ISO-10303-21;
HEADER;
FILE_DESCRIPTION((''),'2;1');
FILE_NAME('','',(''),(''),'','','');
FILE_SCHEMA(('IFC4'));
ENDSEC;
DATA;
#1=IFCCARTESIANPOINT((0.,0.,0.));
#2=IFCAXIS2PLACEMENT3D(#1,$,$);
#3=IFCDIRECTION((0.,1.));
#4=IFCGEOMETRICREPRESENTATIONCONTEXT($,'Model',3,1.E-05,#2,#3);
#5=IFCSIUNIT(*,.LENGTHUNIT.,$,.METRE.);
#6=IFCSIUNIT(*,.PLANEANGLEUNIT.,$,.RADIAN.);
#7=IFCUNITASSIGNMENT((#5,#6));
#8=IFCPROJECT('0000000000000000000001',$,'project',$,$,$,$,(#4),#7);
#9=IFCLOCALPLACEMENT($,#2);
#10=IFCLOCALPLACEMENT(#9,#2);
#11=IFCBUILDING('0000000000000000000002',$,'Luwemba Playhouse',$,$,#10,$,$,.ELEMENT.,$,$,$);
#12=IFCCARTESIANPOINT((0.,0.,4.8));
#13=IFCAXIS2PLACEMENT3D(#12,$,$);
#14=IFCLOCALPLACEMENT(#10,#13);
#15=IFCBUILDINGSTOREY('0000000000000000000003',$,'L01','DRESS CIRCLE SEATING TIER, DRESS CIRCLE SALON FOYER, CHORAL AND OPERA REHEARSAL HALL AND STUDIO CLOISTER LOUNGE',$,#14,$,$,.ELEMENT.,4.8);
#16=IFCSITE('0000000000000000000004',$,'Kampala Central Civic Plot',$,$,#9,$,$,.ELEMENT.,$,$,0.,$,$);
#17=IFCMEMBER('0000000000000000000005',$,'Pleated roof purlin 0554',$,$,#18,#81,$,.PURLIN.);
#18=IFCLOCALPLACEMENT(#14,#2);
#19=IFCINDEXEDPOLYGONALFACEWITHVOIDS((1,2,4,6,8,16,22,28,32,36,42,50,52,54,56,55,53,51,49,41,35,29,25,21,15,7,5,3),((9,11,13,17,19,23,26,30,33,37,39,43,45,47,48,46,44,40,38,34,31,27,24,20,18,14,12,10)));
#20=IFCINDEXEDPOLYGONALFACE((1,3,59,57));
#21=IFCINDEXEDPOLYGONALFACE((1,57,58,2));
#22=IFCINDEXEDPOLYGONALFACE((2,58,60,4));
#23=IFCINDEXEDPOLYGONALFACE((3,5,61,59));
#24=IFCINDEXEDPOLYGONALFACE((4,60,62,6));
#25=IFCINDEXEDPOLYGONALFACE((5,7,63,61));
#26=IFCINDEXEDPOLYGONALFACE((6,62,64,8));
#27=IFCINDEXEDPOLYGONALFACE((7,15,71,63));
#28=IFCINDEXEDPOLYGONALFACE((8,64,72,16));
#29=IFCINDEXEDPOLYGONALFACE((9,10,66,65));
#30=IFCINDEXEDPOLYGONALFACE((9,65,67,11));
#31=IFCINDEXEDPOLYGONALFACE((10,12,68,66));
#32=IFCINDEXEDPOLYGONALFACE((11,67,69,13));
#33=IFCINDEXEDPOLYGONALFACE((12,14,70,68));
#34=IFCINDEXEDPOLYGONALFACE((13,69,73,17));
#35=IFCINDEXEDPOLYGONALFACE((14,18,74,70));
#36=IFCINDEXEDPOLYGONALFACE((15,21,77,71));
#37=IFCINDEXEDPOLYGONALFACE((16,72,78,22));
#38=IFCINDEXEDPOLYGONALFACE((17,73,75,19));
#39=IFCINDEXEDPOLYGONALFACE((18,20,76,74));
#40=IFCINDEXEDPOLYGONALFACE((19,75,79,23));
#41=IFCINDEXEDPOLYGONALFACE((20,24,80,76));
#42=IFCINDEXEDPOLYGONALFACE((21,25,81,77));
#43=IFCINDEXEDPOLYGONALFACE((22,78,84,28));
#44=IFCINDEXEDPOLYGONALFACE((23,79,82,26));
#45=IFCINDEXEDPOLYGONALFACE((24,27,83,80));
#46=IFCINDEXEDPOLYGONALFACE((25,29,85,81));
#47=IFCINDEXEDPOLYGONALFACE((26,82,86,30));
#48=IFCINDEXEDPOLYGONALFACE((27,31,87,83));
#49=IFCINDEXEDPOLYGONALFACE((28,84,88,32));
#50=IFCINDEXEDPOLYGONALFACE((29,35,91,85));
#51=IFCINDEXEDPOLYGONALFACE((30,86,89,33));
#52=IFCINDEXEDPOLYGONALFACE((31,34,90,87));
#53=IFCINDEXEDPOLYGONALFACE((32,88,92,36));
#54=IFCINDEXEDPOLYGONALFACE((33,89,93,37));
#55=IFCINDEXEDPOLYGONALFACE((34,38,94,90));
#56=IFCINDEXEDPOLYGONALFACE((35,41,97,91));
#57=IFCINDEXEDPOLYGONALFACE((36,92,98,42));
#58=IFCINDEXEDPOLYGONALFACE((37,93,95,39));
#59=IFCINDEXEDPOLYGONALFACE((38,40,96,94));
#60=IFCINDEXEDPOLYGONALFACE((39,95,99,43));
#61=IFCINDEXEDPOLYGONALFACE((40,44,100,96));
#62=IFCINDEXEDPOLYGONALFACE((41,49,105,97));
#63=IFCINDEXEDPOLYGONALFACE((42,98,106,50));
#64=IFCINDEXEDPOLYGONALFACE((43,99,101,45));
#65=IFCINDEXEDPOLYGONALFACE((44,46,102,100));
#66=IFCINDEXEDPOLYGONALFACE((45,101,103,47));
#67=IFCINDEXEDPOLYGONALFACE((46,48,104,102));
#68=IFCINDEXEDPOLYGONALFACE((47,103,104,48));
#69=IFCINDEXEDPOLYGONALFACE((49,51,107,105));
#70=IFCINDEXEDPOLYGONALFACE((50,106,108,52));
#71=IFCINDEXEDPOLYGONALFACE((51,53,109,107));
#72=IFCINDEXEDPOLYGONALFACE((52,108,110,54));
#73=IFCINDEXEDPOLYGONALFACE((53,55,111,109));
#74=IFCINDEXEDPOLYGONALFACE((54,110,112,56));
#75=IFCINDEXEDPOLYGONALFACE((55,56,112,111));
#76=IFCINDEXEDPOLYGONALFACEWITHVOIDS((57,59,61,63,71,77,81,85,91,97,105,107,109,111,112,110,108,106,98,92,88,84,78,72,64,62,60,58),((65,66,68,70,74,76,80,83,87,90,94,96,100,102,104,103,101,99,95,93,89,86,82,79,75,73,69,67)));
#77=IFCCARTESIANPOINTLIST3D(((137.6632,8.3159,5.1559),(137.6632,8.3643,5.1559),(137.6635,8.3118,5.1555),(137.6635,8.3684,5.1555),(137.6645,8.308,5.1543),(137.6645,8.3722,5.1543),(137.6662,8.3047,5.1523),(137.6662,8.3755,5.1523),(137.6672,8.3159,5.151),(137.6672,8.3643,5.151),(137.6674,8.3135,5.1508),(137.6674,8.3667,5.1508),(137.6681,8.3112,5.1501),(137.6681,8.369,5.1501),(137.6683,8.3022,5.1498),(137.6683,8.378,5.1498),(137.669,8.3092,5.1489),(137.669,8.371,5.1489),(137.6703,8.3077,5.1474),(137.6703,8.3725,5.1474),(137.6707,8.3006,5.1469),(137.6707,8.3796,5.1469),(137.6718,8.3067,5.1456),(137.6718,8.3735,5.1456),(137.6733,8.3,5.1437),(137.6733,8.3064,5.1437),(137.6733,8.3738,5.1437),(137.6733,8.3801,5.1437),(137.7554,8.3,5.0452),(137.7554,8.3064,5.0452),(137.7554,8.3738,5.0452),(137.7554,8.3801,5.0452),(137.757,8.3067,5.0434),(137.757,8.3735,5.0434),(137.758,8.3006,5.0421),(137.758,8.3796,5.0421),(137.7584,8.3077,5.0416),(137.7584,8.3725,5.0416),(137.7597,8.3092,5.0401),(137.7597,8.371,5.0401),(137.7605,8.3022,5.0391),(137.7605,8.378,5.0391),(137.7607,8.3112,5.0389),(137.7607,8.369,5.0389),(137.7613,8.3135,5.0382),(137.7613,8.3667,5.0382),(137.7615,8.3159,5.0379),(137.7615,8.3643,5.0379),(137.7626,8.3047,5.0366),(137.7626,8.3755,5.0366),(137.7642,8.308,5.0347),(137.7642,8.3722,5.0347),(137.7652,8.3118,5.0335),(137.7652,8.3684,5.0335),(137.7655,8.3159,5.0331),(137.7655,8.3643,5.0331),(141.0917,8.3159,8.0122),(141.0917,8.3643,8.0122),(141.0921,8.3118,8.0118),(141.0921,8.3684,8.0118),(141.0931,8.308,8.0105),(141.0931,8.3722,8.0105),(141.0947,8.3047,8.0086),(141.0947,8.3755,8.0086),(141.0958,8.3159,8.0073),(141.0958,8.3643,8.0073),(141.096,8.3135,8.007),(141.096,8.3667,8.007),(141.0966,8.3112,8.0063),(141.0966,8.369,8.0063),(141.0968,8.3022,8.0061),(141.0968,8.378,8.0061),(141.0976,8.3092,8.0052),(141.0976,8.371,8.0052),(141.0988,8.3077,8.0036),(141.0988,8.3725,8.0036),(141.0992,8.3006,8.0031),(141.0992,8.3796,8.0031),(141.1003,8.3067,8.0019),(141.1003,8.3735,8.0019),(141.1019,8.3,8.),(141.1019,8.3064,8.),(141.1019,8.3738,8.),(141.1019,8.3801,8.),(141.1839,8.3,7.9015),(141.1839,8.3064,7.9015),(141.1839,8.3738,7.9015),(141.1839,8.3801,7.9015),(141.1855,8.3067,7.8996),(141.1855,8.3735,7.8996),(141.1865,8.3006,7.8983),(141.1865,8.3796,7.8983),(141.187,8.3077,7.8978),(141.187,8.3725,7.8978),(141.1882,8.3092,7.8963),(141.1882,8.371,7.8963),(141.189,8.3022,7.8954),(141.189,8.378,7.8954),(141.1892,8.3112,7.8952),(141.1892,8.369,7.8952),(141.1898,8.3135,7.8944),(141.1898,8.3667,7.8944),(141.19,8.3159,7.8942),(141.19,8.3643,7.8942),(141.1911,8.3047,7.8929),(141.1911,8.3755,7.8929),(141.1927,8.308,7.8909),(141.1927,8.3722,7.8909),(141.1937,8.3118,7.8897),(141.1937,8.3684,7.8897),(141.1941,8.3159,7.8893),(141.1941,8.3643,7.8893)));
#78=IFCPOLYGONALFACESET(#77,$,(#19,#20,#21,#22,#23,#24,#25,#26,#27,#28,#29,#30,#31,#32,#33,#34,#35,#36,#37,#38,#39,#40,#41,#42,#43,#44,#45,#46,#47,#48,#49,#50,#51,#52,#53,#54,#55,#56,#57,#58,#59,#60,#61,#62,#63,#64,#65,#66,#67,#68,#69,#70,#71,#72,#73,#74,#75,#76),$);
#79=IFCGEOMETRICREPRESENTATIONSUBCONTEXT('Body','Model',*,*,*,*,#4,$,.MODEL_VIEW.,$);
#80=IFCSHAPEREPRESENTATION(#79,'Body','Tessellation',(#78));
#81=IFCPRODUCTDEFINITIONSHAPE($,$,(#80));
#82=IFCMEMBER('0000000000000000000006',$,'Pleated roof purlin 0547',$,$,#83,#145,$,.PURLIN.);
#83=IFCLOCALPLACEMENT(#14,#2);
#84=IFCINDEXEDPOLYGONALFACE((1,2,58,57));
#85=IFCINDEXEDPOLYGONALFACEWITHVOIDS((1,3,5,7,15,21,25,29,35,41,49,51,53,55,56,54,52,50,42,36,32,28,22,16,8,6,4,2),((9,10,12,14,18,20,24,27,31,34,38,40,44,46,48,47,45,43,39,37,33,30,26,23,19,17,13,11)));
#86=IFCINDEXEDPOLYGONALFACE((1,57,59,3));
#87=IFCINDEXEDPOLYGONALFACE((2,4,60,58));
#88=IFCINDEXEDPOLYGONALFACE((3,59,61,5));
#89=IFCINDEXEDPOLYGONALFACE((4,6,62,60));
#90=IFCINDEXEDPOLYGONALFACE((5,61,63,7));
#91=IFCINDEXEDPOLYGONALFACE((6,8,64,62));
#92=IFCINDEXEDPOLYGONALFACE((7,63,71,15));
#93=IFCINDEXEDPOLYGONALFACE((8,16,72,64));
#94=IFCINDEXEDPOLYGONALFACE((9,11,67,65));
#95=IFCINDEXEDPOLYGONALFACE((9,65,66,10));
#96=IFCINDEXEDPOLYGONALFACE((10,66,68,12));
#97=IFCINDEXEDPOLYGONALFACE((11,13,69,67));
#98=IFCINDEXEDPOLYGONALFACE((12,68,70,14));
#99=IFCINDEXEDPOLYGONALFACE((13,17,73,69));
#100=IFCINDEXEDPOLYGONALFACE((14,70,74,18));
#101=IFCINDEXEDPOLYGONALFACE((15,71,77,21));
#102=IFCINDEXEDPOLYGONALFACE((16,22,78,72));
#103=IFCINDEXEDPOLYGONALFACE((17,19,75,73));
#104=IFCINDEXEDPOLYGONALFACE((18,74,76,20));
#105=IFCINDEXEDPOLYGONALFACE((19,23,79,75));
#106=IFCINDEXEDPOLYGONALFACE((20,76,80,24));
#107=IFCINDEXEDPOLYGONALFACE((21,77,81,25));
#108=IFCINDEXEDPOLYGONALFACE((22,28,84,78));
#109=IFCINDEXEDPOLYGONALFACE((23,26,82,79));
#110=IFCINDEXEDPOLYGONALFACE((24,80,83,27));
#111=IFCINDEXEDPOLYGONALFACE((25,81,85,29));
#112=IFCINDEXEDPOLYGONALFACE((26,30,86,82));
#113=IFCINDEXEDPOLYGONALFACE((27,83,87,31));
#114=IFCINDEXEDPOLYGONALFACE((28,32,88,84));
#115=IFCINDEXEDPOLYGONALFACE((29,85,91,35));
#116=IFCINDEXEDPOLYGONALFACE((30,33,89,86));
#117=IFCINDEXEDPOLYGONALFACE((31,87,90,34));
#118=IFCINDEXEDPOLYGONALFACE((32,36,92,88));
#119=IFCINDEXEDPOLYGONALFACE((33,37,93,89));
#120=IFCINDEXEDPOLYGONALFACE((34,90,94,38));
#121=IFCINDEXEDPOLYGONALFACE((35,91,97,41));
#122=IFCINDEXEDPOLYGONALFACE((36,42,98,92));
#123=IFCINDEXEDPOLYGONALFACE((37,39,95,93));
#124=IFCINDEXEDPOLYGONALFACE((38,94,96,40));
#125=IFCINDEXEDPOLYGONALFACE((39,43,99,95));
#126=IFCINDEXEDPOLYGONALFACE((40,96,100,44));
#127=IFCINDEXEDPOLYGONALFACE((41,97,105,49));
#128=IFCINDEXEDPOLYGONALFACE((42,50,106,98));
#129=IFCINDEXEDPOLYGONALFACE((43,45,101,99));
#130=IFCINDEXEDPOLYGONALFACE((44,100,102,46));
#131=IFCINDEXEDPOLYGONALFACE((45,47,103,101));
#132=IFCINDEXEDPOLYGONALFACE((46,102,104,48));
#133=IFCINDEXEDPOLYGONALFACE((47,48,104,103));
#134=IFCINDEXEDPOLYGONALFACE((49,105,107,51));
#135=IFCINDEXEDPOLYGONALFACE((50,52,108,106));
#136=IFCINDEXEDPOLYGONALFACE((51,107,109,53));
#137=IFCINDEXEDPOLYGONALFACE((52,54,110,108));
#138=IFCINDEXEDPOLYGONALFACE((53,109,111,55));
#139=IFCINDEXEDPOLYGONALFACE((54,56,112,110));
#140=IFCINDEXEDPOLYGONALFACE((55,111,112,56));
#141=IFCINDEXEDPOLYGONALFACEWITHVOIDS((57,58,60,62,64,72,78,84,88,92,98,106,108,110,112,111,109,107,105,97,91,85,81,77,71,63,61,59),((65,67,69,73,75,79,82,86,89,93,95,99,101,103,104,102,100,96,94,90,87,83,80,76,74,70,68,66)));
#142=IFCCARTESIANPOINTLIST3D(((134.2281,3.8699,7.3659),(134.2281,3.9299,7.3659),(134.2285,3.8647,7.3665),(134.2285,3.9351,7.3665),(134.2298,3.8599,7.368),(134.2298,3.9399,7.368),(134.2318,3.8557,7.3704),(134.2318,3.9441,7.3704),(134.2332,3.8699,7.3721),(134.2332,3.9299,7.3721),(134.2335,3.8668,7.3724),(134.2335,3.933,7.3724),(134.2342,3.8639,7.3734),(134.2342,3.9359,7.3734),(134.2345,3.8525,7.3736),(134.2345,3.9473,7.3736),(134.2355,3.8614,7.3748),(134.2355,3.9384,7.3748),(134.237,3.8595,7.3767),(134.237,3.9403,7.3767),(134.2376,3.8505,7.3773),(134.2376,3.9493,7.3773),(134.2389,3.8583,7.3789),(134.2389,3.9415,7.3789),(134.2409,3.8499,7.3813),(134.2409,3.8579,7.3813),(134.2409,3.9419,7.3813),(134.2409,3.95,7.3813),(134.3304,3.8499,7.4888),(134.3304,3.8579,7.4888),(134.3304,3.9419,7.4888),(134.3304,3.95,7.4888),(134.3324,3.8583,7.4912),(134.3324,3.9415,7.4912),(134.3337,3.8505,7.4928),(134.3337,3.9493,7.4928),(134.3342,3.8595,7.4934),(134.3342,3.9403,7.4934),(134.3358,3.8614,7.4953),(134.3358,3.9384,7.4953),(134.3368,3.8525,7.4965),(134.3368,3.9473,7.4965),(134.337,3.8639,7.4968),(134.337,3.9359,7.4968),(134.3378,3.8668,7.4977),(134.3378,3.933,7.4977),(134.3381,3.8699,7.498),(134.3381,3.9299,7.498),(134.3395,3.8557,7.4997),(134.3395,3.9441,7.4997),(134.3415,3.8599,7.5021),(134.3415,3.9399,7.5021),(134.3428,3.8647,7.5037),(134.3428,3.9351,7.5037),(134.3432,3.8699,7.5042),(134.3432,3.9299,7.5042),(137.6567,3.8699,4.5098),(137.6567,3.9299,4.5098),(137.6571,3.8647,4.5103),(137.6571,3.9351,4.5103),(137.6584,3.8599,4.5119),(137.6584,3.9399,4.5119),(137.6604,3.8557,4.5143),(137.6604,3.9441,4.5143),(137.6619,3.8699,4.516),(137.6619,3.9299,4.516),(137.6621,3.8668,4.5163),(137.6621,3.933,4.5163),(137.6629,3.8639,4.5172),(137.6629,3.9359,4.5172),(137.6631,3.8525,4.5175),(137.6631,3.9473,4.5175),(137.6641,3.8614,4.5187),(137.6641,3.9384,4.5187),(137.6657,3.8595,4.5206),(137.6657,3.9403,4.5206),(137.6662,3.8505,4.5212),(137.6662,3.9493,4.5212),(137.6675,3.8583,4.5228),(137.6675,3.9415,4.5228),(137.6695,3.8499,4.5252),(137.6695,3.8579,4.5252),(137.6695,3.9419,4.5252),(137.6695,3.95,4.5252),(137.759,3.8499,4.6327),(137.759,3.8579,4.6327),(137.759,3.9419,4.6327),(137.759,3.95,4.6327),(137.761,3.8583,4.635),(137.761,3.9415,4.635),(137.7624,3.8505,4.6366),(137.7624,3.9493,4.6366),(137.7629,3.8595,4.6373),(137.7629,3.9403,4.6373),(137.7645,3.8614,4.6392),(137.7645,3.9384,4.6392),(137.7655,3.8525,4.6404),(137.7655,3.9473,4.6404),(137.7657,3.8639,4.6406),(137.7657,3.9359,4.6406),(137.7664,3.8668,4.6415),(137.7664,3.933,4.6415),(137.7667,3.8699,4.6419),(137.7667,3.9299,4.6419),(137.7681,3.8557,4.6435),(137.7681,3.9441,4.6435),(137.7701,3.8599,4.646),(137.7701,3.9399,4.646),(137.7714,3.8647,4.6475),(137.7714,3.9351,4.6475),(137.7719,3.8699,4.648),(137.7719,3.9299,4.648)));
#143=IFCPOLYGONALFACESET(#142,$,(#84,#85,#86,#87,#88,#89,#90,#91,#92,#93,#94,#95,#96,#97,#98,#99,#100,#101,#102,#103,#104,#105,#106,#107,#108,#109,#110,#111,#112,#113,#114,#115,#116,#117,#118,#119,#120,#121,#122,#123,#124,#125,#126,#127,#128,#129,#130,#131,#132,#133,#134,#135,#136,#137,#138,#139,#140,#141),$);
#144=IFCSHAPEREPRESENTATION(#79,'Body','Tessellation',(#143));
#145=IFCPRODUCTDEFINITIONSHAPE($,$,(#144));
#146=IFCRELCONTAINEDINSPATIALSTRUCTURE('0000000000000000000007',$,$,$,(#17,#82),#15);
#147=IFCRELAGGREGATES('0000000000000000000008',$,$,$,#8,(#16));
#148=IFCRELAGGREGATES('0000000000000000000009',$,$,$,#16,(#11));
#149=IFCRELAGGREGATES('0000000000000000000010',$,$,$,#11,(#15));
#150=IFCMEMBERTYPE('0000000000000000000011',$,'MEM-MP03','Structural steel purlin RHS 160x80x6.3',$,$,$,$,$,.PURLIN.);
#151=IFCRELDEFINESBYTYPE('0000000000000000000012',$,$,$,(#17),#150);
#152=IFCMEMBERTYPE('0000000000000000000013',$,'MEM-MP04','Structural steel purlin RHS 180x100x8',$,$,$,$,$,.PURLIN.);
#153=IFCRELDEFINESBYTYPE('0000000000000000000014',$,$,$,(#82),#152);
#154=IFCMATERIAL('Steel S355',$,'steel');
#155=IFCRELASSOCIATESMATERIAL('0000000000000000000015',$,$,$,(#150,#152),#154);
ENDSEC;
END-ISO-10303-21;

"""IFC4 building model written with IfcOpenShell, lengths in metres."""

from ifc_helpers import new_model, si_unit, direction, frame, origin, origin_2d, place, context, subcontext, project, spatial, hollow_rectangle, extrude, material, material_profile, profile_set, type_object, element, save


model = new_model("IFC4")

# Units and contexts
model_context = context("Model", 3, precision=1e-05, world=origin(), true_north=direction((0.0, 1.0)))
body_context = subcontext(model_context, "Body", "Model", "MODEL_VIEW")
ifc_project = project(units=[si_unit("LENGTHUNIT", "METRE"), si_unit("PLANEANGLEUNIT", "RADIAN")], contexts=[model_context])

# Site, building, storey
site_placement = place(None, origin())
site = spatial("IfcSite", under=ifc_project, at=site_placement, Name="Kampala Central Civic Plot", CompositionType="ELEMENT", RefElevation=0.0)
building_placement = place(site_placement, origin())
building = spatial("IfcBuilding", under=site, at=building_placement, Name="Luwemba Playhouse", CompositionType="ELEMENT")
storey_placement = place(building_placement, frame((0.0, 0.0, 4.8)))
storey = spatial("IfcBuildingStorey", under=building, at=storey_placement, Name="L01", Description="DRESS CIRCLE SEATING TIER, DRESS CIRCLE SALON FOYER, CHORAL AND OPERA REHEARSAL HALL AND STUDIO CLOISTER LOUNGE", CompositionType="ELEMENT", Elevation=4.8)

# Shared definitions
ifc_material_1 = material(Name="Steel S355", Category="steel")

# Members
ifc_material_profile_1 = material_profile(ifc_material_1, hollow_rectangle(XDim=0.0801, YDim=0.1599, WallThickness=0.0063, InnerFilletRadius=0.0095, OuterFilletRadius=0.0159, at=origin_2d()))
ifc_profile_set_1 = profile_set([ifc_material_profile_1], Name="Steel S355")
member_type_1 = type_object("IfcMemberType", Name="MEM-MP03", Description="Structural steel purlin RHS 160x80x6.3", PredefinedType="PURLIN", material=ifc_profile_set_1)
member_1_placement = place(storey_placement, frame((137.7144, 8.3401, 5.0945), z_axis=(0.768315, 0.0, 0.640071), x_axis=(0.0, 1.0, 0.0)))
element("IfcMember", 1, at=member_1_placement, inside=storey, type_object=member_type_1, Name="Pleated roof purlin 0554", PredefinedType="PURLIN", context=body_context, shape_type="SweptSolid", body=[
    extrude(hollow_rectangle(XDim=0.0801, YDim=0.1599, WallThickness=0.0063, InnerFilletRadius=0.0095, OuterFilletRadius=0.0159, at=origin_2d()), origin(), (0.0, 0.0, 1.0), 4.4624),
])
ifc_material_profile_2 = material_profile(ifc_material_1, hollow_rectangle(XDim=0.1001, YDim=0.1799, WallThickness=0.0081, InnerFilletRadius=0.012, OuterFilletRadius=0.02, at=origin_2d()))
ifc_profile_set_2 = profile_set([ifc_material_profile_2], Name="Steel S355")
member_type_2 = type_object("IfcMemberType", Name="MEM-MP04", Description="Structural steel purlin RHS 180x100x8", PredefinedType="PURLIN", material=ifc_profile_set_2)
member_2_placement = place(storey_placement, frame((134.2856, 3.8999, 7.4351), z_axis=(0.768338, 0.0, -0.640044), x_axis=(0.0, 1.0, 0.0)))
element("IfcMember", 2, at=member_2_placement, inside=storey, type_object=member_type_2, Name="Pleated roof purlin 0547", PredefinedType="PURLIN", context=body_context, shape_type="SweptSolid", body=[
    extrude(hollow_rectangle(XDim=0.1001, YDim=0.1799, WallThickness=0.0081, InnerFilletRadius=0.012, OuterFilletRadius=0.02, at=origin_2d()), origin(), (0.0, 0.0, 1.0), 4.4624),
])

save(model, "model.ifc")
